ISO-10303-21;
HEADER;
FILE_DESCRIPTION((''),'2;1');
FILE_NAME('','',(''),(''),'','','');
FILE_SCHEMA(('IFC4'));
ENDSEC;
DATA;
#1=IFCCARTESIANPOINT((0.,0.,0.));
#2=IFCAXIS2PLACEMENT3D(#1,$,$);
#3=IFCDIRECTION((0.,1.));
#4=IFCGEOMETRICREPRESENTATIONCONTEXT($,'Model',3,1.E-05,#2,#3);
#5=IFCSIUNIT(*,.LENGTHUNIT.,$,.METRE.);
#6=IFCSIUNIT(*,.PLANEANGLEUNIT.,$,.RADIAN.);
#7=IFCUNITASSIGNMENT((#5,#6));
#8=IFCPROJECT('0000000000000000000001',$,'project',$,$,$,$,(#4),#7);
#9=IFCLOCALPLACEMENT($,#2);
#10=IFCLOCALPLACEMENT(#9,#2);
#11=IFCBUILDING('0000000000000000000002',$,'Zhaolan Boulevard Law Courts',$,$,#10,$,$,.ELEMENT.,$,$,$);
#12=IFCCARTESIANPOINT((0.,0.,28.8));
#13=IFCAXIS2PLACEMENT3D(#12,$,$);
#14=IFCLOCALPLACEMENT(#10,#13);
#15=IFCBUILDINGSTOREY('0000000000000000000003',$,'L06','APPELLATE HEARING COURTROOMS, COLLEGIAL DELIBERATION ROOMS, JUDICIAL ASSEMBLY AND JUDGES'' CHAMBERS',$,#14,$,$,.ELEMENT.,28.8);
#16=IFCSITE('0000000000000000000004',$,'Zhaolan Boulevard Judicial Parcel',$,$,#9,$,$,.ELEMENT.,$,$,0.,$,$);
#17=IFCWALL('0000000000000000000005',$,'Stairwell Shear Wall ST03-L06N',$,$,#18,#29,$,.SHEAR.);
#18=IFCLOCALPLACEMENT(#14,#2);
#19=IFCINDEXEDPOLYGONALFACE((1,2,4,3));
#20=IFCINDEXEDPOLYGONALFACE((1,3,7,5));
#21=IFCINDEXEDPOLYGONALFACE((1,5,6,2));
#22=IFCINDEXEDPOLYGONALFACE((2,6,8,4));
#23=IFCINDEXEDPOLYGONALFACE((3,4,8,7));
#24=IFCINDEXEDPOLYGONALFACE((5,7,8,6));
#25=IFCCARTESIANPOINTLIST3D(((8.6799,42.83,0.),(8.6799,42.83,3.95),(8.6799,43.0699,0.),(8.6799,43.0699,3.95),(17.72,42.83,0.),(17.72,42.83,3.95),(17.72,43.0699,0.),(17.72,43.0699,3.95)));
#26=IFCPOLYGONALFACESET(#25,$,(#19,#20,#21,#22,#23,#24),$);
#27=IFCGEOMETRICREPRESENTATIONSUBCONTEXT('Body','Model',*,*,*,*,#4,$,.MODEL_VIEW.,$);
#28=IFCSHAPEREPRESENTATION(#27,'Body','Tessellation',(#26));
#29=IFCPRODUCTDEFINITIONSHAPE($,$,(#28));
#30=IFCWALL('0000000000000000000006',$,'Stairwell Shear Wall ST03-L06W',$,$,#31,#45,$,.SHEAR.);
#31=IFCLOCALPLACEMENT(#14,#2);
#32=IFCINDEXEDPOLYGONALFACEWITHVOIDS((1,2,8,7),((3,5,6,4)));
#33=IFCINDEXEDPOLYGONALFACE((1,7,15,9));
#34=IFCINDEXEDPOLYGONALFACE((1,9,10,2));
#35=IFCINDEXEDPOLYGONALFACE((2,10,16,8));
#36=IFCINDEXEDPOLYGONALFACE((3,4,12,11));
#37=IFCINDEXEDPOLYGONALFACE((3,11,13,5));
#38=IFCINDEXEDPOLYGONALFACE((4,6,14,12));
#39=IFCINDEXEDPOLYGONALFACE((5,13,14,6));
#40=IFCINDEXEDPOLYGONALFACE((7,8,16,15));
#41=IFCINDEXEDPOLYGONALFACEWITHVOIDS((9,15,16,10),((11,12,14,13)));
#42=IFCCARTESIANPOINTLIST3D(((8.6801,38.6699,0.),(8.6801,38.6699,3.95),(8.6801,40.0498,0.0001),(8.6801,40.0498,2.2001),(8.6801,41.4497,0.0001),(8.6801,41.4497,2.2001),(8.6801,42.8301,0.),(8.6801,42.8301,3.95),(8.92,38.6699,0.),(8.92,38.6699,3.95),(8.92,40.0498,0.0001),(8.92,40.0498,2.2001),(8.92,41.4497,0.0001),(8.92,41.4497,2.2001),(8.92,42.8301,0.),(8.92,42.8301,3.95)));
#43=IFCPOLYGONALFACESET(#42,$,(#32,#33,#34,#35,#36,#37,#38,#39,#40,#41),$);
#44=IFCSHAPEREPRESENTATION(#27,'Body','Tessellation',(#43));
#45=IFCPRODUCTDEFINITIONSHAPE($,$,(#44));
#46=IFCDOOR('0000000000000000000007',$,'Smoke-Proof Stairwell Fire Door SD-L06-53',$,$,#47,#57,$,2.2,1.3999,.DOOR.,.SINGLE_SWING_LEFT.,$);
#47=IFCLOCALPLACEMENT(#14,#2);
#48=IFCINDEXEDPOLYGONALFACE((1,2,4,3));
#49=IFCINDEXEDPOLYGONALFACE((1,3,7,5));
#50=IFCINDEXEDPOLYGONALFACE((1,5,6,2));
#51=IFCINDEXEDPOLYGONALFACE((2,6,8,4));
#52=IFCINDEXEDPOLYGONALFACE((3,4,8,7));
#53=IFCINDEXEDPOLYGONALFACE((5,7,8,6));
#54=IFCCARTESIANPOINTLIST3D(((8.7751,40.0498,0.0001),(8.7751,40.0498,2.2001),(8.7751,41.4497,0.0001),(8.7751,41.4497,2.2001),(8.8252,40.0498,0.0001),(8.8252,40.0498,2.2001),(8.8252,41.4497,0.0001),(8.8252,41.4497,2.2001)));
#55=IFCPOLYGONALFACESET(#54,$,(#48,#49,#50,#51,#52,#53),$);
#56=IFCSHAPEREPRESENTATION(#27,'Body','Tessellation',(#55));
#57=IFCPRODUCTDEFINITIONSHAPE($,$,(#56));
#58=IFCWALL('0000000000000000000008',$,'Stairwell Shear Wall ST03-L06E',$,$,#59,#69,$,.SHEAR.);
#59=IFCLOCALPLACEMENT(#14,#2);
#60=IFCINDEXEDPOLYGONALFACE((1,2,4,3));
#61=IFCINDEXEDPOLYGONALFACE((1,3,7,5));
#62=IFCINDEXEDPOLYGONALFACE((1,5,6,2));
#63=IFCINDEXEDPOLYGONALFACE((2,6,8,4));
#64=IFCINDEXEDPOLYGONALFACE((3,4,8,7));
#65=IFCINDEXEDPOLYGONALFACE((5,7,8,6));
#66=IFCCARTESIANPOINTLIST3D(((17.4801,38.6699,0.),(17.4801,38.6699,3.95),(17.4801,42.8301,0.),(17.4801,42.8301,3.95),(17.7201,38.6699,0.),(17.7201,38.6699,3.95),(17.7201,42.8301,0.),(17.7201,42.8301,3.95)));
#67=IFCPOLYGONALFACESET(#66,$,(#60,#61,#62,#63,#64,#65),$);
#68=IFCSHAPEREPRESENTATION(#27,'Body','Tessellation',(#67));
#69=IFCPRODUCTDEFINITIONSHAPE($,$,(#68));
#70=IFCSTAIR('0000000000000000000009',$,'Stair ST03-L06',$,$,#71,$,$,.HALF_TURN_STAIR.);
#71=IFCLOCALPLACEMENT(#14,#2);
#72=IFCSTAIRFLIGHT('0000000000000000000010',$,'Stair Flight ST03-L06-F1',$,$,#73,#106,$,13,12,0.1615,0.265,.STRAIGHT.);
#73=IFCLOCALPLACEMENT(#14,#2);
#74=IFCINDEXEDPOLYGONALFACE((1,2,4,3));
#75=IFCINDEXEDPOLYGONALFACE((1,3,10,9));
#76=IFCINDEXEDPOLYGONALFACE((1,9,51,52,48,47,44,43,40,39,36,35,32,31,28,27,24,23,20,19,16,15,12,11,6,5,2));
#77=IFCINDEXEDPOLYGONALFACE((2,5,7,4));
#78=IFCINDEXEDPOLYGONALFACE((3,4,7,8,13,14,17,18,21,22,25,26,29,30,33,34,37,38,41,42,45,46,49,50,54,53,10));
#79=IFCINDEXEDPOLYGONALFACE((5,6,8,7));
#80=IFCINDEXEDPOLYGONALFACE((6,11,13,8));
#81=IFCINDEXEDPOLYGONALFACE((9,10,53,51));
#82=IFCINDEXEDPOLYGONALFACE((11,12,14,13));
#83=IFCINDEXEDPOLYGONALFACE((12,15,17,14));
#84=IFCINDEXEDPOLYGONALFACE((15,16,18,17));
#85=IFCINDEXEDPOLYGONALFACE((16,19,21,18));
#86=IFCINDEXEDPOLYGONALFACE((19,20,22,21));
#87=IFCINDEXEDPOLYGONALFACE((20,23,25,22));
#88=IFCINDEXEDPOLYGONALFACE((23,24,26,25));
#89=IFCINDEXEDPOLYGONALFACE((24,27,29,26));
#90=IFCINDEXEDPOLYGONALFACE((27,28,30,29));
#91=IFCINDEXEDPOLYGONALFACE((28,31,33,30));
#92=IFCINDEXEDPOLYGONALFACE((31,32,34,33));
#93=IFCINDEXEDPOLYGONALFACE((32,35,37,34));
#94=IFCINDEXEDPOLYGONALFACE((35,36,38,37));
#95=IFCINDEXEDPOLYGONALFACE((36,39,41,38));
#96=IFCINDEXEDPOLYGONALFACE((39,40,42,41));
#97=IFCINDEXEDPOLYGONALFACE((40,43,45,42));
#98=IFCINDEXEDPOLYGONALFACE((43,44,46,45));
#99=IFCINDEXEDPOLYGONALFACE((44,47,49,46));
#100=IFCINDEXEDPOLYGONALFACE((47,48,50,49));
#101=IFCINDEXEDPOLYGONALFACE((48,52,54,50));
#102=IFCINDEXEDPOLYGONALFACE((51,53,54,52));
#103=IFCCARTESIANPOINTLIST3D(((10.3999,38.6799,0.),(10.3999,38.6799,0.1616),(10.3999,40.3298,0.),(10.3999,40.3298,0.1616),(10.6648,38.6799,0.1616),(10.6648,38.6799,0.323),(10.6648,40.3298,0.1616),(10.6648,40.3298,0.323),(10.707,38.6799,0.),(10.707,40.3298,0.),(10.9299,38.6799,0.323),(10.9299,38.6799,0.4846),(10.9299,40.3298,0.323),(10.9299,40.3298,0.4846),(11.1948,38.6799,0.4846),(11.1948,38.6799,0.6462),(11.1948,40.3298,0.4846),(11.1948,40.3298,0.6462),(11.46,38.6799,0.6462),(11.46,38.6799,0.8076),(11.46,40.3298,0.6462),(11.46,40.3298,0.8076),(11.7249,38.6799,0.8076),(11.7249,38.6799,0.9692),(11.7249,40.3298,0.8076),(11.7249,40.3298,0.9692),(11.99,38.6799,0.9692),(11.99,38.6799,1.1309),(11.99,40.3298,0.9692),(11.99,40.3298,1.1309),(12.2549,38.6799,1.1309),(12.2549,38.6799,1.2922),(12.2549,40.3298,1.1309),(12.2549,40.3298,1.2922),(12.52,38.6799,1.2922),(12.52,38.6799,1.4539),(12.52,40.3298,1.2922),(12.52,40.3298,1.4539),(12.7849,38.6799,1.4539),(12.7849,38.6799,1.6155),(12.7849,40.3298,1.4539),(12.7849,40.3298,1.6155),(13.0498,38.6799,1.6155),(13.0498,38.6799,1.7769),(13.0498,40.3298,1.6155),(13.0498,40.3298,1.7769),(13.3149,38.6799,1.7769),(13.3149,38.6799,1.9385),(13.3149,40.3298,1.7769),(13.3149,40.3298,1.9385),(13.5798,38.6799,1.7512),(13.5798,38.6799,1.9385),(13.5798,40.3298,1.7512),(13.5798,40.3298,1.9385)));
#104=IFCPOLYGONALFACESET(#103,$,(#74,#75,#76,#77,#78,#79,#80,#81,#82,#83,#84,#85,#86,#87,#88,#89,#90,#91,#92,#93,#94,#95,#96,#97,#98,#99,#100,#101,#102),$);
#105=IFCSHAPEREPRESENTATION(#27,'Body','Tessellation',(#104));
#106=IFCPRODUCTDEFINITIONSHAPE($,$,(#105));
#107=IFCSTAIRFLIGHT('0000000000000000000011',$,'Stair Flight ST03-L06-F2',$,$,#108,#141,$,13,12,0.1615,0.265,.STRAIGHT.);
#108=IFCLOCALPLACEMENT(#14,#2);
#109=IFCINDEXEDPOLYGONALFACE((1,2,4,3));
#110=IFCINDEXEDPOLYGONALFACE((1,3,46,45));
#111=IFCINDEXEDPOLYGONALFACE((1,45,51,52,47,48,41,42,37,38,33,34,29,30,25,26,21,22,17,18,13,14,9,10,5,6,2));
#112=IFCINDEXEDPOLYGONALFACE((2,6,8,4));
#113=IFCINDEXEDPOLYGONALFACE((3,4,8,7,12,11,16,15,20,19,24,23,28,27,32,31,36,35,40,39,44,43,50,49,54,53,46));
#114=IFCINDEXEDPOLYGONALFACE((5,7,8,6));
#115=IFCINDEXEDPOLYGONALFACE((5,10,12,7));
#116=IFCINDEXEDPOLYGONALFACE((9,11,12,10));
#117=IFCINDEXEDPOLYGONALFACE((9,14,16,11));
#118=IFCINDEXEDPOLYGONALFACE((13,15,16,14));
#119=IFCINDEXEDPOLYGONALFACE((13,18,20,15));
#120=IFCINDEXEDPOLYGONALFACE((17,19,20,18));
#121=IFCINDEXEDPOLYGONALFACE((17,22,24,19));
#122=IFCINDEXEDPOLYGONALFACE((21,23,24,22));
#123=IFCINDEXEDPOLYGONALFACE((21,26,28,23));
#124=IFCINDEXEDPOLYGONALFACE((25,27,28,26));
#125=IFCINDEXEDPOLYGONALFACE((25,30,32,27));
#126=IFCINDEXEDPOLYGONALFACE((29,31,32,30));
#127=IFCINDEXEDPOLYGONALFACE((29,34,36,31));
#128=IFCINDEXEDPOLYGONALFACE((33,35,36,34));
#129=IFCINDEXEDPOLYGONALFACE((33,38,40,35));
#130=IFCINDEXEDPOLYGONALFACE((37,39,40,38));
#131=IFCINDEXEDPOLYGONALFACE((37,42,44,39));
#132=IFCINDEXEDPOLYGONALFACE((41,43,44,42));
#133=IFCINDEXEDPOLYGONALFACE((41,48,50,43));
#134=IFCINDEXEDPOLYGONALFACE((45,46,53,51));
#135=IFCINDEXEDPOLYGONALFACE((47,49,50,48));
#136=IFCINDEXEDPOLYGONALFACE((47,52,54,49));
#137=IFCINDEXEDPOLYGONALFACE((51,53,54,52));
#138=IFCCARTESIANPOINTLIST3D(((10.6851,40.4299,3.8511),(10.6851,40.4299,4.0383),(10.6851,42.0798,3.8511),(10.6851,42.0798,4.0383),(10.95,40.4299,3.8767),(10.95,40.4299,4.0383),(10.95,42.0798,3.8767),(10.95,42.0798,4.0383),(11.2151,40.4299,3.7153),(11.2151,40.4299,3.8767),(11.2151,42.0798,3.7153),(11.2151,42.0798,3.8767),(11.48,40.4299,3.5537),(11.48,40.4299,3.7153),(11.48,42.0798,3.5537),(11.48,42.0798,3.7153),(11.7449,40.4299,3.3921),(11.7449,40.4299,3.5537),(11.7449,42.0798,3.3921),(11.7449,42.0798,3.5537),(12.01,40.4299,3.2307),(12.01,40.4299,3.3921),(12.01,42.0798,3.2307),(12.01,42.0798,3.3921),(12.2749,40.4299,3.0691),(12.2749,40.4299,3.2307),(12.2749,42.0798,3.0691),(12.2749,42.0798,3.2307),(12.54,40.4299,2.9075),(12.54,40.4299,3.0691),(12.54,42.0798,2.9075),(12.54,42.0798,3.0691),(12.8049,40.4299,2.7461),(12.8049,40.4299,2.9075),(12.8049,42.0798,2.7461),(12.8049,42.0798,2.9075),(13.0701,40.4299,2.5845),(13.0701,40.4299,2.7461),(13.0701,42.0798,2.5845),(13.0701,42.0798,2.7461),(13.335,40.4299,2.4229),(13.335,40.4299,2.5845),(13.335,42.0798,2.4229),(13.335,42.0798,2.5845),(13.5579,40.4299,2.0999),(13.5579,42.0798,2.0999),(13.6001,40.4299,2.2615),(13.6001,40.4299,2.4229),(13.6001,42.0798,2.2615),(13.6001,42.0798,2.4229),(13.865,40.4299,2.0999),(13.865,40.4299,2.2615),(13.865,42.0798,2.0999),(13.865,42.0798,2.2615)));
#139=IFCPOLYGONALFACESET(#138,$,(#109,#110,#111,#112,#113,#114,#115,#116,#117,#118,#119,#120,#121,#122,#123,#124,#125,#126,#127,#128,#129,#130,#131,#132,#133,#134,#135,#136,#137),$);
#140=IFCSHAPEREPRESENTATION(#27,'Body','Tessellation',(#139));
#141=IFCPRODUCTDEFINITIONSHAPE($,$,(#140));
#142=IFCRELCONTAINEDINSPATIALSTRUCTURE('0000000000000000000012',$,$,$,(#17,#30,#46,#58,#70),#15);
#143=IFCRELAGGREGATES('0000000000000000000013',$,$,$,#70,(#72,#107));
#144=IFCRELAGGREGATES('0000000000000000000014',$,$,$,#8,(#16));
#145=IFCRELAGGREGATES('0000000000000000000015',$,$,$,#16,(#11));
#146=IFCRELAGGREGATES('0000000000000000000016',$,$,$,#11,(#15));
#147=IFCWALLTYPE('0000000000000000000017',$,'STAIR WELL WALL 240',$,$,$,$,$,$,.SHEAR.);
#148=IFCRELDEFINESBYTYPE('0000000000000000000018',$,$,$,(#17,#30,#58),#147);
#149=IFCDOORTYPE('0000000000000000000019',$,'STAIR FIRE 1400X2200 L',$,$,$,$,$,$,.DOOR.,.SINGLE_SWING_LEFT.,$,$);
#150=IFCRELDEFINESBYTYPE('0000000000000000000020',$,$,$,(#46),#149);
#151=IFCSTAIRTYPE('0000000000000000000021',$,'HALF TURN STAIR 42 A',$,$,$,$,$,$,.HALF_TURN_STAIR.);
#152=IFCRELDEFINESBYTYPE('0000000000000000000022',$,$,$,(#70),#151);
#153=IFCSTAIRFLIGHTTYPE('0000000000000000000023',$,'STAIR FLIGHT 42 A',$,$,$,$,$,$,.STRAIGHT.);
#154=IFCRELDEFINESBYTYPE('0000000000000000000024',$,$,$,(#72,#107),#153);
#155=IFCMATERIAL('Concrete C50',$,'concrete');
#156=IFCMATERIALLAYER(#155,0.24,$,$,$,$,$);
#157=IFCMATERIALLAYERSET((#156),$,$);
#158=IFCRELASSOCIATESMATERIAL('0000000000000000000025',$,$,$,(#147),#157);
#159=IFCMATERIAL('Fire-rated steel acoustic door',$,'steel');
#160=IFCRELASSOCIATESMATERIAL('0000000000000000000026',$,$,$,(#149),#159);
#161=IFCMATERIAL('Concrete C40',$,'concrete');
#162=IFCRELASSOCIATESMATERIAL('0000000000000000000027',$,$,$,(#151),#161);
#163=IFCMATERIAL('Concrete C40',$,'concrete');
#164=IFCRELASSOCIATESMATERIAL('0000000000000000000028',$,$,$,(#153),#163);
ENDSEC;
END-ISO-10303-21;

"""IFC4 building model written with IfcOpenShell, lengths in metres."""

from ifc_helpers import new_model, si_unit, direction, frame, frame_2d, origin, place, context, subcontext, project, spatial, polyline, rectangle, outline, extrude, material, layer, layer_set, type_object, element, fill, aggregate, save


model = new_model("IFC4")

# Units and contexts
model_context = context("Model", 3, precision=1e-05, world=origin(), true_north=direction((0.0, 1.0)))
body_context = subcontext(model_context, "Body", "Model", "MODEL_VIEW")
ifc_project = project(units=[si_unit("LENGTHUNIT", "METRE"), si_unit("PLANEANGLEUNIT", "RADIAN")], contexts=[model_context])

# Site, building, storey
site_placement = place(None, origin())
site = spatial("IfcSite", under=ifc_project, at=site_placement, Name="Zhaolan Boulevard Judicial Parcel", CompositionType="ELEMENT", RefElevation=0.0)
building_placement = place(site_placement, origin())
building = spatial("IfcBuilding", under=site, at=building_placement, Name="Zhaolan Boulevard Law Courts", CompositionType="ELEMENT")
storey_placement = place(building_placement, frame((0.0, 0.0, 28.8)))
storey = spatial("IfcBuildingStorey", under=building, at=storey_placement, Name="L06", Description="APPELLATE HEARING COURTROOMS, COLLEGIAL DELIBERATION ROOMS, JUDICIAL ASSEMBLY AND JUDGES' CHAMBERS", CompositionType="ELEMENT", Elevation=28.8)

# Wall
ifc_material_1 = material(Name="Concrete C50", Category="concrete")
ifc_layer_1 = layer(ifc_material_1, 0.24)
ifc_layer_set_1 = layer_set([ifc_layer_1])
wall_type_1 = type_object("IfcWallType", Name="STAIR WELL WALL 240", PredefinedType="SHEAR", material=ifc_layer_set_1)
wall_1_placement = place(storey_placement, frame((17.72, 42.95, 0.0), z_axis=(0.0, 0.0, 1.0), x_axis=(-1.0, 0.0, 0.0)))
element("IfcWall", 1, at=wall_1_placement, inside=storey, type_object=wall_type_1, Name="Stairwell Shear Wall ST03-L06N", PredefinedType="SHEAR", context=body_context, shape_type="SweptSolid", body=[
    extrude(rectangle(XDim=9.04, YDim=0.24, at=frame_2d((4.52, 0.0))), origin(), (0.0, 0.0, 1.0), 3.95),
])

# Wall, opening, door
wall_2_placement = place(storey_placement, frame((8.8, 38.6699, 0.0), z_axis=(0.0, 0.0, 1.0), x_axis=(0.0, 1.0, 0.0)))
wall_2 = element("IfcWall", 2, at=wall_2_placement, inside=storey, type_object=wall_type_1, Name="Stairwell Shear Wall ST03-L06W", PredefinedType="SHEAR", context=body_context, shape_type="SweptSolid", body=[
    extrude(rectangle(XDim=4.1602, YDim=0.24, at=frame_2d((2.0801, 0.0))), origin(), (0.0, 0.0, 1.0), 3.95),
])
opening_1_placement = place(wall_2_placement, frame((1.3799, 0.0, 0.0)))
opening_1 = element("IfcOpeningElement", 3, at=opening_1_placement, cuts=wall_2, PredefinedType="OPENING", context=body_context, shape_type="SweptSolid", body=[
    extrude(rectangle(XDim=1.3999, YDim=2.2, at=frame_2d((0.7, 1.1001))), frame((0.0, 0.1299, 0.0), z_axis=(0.0, -1.0, 0.0), x_axis=(1.0, 0.0, 0.0)), (0.0, 0.0, 1.0), 0.26),
])
ifc_material_2 = material(Name="Fire-rated steel acoustic door", Category="steel")
door_type_1 = type_object("IfcDoorType", Name="STAIR FIRE 1400X2200 L", OperationType="SINGLE_SWING_LEFT", PredefinedType="DOOR", material=ifc_material_2)
door_1_placement = place(opening_1_placement, origin())
door_1 = element("IfcDoor", 4, at=door_1_placement, inside=storey, type_object=door_type_1, Name="Smoke-Proof Stairwell Fire Door SD-L06-53", OperationType="SINGLE_SWING_LEFT", OverallHeight=2.2, OverallWidth=1.3999, PredefinedType="DOOR", context=body_context, shape_type="SweptSolid", body=[
    extrude(rectangle(XDim=1.3999, YDim=2.2, at=frame_2d((0.7, 1.1001))), frame((0.0, 0.0249, 0.0), z_axis=(0.0, -1.0, 0.0), x_axis=(1.0, 0.0, 0.0)), (0.0, 0.0, 1.0), 0.05),
])
fill(opening_1, door_1)

# Wall
wall_3_placement = place(storey_placement, frame((17.6001, 38.6699, 0.0), z_axis=(0.0, 0.0, 1.0), x_axis=(0.0, 1.0, 0.0)))
element("IfcWall", 5, at=wall_3_placement, inside=storey, type_object=wall_type_1, Name="Stairwell Shear Wall ST03-L06E", PredefinedType="SHEAR", context=body_context, shape_type="SweptSolid", body=[
    extrude(rectangle(XDim=4.1602, YDim=0.24, at=frame_2d((2.0801, 0.0))), origin(), (0.0, 0.0, 1.0), 3.95),
])

# Stair, stair flights
ifc_material_3 = material(Name="Concrete C40", Category="concrete")
stair_type = type_object("IfcStairType", Name="HALF TURN STAIR 42 A", PredefinedType="HALF_TURN_STAIR", material=ifc_material_3)
stair_placement = place(storey_placement, origin())
stair = element("IfcStair", 6, at=stair_placement, inside=storey, type_object=stair_type, Name="Stair ST03-L06", PredefinedType="HALF_TURN_STAIR")
ifc_material_4 = material(Name="Concrete C40", Category="concrete")
stair_flight_type = type_object("IfcStairFlightType", Name="STAIR FLIGHT 42 A", PredefinedType="STRAIGHT", material=ifc_material_4)
stair_flight_1_placement = place(storey_placement, frame((10.3999, 39.5049, 0.0), z_axis=(0.0, 0.0, 1.0), x_axis=(1.0, 0.0, 0.0)))
stair_flight_1 = element("IfcStairFlight", 7, at=stair_flight_1_placement, type_object=stair_flight_type, Name="Stair Flight ST03-L06-F1", NumberOfRisers=13, NumberOfTreads=12, PredefinedType="STRAIGHT", RiserHeight=0.1615, TreadLength=0.265, context=body_context, shape_type="SweptSolid", body=[
    extrude(outline(polyline([(0.0, 0.0), (0.0, 0.1616), (0.2649, 0.1616), (0.2649, 0.323), (0.53, 0.323), (0.53, 0.4846), (0.7949, 0.4846), (0.7949, 0.6462), (1.0601, 0.6462), (1.0601, 0.8076), (1.325, 0.8076), (1.325, 0.9692), (1.5901, 0.9692), (1.5901, 1.1309), (1.855, 1.1309), (1.855, 1.2922), (2.1201, 1.2922), (2.1201, 1.4539), (2.385, 1.4539), (2.385, 1.6155), (2.6499, 1.6155), (2.6499, 1.7769), (2.915, 1.7769), (2.915, 1.9385), (3.1799, 1.9385), (3.1799, 2.1001), (3.1799, 1.7512), (0.3071, 0.0), (0.0, 0.0)])), frame((0.0, 0.825, 0.0), z_axis=(0.0, -1.0, 0.0), x_axis=(1.0, 0.0, 0.0)), (0.0, 0.0, 1.0), 1.6499),
])
stair_flight_2_placement = place(storey_placement, frame((13.865, 41.2549, 2.0999), z_axis=(0.0, 0.0, 1.0), x_axis=(-1.0, 0.0, 0.0)))
stair_flight_2 = element("IfcStairFlight", 8, at=stair_flight_2_placement, type_object=stair_flight_type, Name="Stair Flight ST03-L06-F2", NumberOfRisers=13, NumberOfTreads=12, PredefinedType="STRAIGHT", RiserHeight=0.1615, TreadLength=0.265, context=body_context, shape_type="SweptSolid", body=[
    extrude(outline(polyline([(0.0, 0.0), (0.0, 0.1616), (0.2649, 0.1616), (0.2649, 0.323), (0.53, 0.323), (0.53, 0.4846), (0.7949, 0.4846), (0.7949, 0.6462), (1.0601, 0.6462), (1.0601, 0.8076), (1.325, 0.8076), (1.325, 0.9692), (1.5901, 0.9692), (1.5901, 1.1309), (1.855, 1.1309), (1.855, 1.2922), (2.1201, 1.2922), (2.1201, 1.4539), (2.385, 1.4539), (2.385, 1.6155), (2.6499, 1.6155), (2.6499, 1.7769), (2.915, 1.7769), (2.915, 1.9385), (3.1799, 1.9385), (3.1799, 2.1001), (3.1799, 1.7512), (0.3071, 0.0), (0.0, 0.0)])), frame((0.0, 0.825, 0.0), z_axis=(0.0, -1.0, 0.0), x_axis=(1.0, 0.0, 0.0)), (0.0, 0.0, 1.0), 1.6499),
])
aggregate(stair, [stair_flight_1, stair_flight_2])

save(model, "model.ifc")
